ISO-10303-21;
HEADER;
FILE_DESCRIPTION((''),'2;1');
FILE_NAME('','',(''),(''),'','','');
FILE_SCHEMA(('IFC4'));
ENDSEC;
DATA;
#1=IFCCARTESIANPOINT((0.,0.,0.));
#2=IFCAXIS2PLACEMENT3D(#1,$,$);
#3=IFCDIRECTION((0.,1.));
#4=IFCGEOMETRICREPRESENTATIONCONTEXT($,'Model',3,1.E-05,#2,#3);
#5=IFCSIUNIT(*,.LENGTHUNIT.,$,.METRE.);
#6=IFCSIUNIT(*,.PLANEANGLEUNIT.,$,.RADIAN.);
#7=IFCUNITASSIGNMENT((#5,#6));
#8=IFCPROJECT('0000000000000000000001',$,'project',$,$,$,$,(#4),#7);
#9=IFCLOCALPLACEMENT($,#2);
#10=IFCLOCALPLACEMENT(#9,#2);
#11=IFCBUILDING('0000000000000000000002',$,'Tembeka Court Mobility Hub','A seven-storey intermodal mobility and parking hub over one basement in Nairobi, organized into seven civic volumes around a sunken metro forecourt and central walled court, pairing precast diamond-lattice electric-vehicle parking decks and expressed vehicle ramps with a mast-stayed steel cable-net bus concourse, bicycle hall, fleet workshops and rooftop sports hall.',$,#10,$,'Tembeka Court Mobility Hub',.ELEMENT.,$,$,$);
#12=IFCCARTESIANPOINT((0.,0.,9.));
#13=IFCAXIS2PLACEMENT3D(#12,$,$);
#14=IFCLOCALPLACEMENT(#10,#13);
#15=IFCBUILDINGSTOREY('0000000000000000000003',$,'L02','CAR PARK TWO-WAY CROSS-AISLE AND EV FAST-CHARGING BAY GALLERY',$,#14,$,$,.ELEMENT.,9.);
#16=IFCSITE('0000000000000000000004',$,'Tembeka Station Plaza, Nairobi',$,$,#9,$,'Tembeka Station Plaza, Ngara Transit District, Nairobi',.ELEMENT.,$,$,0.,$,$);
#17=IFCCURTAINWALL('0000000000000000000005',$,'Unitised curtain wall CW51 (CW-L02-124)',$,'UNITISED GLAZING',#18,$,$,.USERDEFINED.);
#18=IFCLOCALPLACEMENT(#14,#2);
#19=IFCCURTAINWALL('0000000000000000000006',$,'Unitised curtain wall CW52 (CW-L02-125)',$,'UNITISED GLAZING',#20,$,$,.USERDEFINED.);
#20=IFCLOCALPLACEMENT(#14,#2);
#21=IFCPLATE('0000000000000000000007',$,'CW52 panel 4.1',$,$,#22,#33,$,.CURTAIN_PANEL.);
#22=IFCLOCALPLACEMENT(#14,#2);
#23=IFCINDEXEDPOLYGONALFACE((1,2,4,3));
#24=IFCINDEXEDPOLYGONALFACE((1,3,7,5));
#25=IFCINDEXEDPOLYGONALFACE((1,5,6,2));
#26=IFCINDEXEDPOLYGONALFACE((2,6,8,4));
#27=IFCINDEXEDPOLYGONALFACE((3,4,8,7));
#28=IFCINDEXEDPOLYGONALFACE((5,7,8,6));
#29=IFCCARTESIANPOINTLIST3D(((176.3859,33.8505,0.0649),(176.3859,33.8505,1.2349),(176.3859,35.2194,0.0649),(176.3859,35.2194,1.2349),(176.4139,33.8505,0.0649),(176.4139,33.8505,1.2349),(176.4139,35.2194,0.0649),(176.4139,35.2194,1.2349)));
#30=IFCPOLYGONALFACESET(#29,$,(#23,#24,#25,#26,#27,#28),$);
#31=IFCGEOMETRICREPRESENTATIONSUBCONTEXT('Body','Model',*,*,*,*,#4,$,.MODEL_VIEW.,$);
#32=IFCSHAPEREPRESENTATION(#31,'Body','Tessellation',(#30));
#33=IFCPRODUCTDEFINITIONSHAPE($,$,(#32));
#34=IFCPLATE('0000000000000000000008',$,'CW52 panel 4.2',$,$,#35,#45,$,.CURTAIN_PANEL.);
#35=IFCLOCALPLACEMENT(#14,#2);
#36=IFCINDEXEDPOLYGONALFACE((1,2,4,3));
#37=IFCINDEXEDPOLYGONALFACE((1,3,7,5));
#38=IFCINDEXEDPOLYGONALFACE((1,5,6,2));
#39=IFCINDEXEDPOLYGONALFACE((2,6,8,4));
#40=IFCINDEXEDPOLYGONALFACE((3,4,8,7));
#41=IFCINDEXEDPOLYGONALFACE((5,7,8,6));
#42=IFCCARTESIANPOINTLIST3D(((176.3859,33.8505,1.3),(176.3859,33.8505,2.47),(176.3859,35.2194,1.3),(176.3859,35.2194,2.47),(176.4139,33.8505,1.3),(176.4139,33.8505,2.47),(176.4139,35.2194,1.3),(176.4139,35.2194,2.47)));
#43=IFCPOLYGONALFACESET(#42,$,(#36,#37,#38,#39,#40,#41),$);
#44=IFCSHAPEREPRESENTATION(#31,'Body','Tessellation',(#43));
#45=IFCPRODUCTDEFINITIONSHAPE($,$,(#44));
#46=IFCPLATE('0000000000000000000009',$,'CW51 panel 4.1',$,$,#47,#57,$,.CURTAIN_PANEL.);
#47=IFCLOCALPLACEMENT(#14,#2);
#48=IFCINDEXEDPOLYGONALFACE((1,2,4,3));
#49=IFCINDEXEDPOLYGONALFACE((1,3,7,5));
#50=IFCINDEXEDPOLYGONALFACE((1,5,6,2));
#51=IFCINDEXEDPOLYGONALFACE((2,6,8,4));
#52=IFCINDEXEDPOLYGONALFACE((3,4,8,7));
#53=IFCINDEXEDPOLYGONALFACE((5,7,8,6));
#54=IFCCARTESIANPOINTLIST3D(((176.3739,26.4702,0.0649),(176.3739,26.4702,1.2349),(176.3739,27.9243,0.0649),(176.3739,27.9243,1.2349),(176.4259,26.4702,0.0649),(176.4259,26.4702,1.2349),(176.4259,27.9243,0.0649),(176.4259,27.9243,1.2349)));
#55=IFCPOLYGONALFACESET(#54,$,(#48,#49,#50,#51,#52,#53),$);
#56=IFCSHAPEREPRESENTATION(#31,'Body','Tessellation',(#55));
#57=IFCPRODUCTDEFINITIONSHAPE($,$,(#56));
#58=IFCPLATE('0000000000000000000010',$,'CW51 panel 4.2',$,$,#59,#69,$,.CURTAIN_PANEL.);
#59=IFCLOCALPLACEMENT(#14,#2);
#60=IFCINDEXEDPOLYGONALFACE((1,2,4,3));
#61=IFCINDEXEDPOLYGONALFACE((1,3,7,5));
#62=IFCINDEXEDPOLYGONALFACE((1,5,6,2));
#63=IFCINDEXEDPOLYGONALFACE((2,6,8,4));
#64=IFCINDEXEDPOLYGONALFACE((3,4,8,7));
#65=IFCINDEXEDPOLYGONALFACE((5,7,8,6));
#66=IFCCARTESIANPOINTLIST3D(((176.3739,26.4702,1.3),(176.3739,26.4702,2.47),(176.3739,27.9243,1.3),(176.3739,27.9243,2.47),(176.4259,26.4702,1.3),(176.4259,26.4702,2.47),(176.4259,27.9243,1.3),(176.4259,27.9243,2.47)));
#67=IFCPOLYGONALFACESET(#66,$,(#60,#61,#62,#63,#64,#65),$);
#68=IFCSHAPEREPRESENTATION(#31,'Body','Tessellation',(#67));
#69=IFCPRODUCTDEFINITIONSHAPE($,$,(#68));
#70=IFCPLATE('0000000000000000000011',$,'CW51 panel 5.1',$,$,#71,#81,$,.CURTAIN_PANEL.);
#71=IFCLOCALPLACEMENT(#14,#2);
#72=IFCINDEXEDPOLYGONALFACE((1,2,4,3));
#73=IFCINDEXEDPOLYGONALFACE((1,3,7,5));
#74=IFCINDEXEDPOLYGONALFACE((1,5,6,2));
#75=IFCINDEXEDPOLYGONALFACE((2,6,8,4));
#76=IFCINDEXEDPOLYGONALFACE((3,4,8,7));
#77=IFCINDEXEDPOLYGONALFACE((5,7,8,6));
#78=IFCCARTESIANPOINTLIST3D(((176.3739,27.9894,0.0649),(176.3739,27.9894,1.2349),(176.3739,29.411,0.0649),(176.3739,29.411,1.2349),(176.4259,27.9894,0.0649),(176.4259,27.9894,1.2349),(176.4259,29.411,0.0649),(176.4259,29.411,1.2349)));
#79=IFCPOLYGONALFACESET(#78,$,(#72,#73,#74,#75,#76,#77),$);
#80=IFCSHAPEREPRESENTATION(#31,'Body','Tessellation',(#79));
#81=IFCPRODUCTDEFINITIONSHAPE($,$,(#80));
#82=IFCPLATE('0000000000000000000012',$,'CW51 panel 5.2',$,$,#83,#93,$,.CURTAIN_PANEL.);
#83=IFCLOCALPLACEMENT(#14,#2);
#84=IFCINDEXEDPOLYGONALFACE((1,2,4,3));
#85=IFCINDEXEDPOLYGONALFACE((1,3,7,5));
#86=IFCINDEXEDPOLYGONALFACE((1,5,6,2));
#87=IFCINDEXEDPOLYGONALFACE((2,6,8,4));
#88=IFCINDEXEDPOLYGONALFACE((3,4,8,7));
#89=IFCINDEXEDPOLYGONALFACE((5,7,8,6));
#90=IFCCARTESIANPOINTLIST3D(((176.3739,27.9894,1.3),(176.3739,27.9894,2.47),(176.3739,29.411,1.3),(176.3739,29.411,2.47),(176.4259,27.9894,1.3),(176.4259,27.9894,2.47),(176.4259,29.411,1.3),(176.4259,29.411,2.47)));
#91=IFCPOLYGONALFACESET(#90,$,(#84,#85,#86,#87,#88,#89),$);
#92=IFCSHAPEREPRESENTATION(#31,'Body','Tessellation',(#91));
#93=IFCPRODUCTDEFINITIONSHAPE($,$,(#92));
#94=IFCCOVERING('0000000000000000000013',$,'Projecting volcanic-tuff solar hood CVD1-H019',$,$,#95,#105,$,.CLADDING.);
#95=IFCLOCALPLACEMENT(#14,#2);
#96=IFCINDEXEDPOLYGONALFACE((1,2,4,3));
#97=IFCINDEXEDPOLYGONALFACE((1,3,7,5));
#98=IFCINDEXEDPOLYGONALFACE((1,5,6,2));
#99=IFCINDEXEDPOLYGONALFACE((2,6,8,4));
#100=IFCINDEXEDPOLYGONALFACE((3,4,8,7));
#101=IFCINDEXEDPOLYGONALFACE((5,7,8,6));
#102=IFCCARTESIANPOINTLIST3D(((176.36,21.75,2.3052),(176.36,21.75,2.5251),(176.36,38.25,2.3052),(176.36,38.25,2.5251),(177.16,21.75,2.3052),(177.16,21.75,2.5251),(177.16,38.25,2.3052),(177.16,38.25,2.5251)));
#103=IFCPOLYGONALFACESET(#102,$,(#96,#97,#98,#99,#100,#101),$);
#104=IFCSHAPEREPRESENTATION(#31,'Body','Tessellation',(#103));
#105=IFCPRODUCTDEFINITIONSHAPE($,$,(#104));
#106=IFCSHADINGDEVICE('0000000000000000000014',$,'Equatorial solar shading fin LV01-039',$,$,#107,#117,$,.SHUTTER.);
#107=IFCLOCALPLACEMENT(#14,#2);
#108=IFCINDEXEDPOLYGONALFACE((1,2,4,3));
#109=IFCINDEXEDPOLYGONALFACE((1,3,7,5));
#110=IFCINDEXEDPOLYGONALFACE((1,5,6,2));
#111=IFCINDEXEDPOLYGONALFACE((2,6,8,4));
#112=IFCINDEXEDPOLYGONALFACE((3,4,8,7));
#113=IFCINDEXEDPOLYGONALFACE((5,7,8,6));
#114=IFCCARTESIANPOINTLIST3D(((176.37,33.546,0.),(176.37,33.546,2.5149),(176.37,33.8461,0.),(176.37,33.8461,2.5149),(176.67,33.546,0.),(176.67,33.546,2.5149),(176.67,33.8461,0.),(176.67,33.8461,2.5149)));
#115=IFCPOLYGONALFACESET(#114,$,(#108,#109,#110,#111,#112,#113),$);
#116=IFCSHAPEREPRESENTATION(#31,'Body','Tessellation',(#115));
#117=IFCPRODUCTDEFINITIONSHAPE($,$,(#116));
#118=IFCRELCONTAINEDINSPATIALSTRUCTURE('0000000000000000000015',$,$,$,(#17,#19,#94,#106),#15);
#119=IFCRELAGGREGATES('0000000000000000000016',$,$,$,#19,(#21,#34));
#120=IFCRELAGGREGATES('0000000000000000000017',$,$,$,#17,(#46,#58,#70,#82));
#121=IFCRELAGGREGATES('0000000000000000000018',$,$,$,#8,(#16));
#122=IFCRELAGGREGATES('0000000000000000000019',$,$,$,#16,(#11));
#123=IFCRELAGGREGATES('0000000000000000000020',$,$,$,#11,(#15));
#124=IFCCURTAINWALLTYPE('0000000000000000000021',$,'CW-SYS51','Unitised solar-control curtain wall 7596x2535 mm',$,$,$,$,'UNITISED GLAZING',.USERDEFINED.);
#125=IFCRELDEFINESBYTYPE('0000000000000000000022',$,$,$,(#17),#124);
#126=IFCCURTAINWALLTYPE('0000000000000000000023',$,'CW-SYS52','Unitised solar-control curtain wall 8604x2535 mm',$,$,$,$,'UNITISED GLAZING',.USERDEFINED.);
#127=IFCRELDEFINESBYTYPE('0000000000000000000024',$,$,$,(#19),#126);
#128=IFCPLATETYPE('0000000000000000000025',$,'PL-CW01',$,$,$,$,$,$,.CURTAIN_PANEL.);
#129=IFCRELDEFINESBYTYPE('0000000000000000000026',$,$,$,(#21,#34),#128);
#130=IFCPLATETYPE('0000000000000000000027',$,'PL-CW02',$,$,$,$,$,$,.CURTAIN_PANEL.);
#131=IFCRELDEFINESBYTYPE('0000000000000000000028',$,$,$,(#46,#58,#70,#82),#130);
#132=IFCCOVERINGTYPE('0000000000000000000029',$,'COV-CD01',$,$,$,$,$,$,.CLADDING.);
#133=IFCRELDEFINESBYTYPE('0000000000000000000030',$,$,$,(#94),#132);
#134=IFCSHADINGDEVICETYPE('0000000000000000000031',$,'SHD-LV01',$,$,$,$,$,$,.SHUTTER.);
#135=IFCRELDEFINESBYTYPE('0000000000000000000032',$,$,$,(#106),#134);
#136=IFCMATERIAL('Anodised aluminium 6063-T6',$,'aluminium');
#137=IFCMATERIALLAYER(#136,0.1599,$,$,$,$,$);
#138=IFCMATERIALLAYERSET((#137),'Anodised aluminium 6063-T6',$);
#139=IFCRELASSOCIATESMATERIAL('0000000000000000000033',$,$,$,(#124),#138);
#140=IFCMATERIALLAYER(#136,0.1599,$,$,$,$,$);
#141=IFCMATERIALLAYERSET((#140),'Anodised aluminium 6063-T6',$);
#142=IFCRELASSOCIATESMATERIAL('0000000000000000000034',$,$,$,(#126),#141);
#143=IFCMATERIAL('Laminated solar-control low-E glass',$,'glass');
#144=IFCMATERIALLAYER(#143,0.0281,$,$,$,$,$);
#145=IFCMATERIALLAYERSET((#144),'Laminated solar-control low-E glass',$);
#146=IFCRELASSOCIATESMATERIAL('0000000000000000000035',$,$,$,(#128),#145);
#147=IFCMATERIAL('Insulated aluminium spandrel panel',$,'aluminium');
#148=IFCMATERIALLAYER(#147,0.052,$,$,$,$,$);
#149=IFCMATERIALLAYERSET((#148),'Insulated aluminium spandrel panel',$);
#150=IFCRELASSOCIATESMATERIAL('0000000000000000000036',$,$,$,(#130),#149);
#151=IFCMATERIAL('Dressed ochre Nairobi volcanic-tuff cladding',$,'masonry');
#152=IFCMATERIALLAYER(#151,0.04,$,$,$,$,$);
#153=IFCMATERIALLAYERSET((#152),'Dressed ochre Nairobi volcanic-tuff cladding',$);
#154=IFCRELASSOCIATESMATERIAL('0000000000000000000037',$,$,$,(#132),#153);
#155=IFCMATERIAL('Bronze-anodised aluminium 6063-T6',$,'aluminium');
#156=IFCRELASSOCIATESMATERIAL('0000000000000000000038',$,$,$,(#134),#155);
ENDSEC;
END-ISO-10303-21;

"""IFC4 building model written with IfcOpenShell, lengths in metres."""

from ifc_helpers import new_model, si_unit, direction, frame, origin, origin_2d, place, context, subcontext, project, spatial, rectangle, extrude, material, layer, layer_set, material_profile, profile_set, type_object, element, aggregate, save


model = new_model("IFC4")

# Units and contexts
model_context = context("Model", 3, precision=1e-05, world=origin(), true_north=direction((0.0, 1.0)))
body_context = subcontext(model_context, "Body", "Model", "MODEL_VIEW")
ifc_project = project(units=[si_unit("LENGTHUNIT", "METRE"), si_unit("PLANEANGLEUNIT", "RADIAN")], contexts=[model_context])

# Site, building, storey
site_placement = place(None, origin())
site = spatial("IfcSite", under=ifc_project, at=site_placement, Name="Tembeka Station Plaza, Nairobi", LongName="Tembeka Station Plaza, Ngara Transit District, Nairobi", CompositionType="ELEMENT", RefElevation=0.0)
building_placement = place(site_placement, origin())
building = spatial("IfcBuilding", under=site, at=building_placement, Name="Tembeka Court Mobility Hub", Description="A seven-storey intermodal mobility and parking hub over one basement in Nairobi, organized into seven civic volumes around a sunken metro forecourt and central walled court, pairing precast diamond-lattice electric-vehicle parking decks and expressed vehicle ramps with a mast-stayed steel cable-net bus concourse, bicycle hall, fleet workshops and rooftop sports hall.", LongName="Tembeka Court Mobility Hub", CompositionType="ELEMENT")
storey_placement = place(building_placement, frame((0.0, 0.0, 9.0)))
storey = spatial("IfcBuildingStorey", under=building, at=storey_placement, Name="L02", Description="CAR PARK TWO-WAY CROSS-AISLE AND EV FAST-CHARGING BAY GALLERY", CompositionType="ELEMENT", Elevation=9.0)

# Curtain walls
ifc_material_1 = material(Name="Anodised aluminium 6063-T6", Category="aluminium")
ifc_layer_1 = layer(ifc_material_1, 0.1599)
ifc_layer_set_1 = layer_set([ifc_layer_1], Name="Anodised aluminium 6063-T6")
curtain_wall_type_1 = type_object("IfcCurtainWallType", Name="CW-SYS51", Description="Unitised solar-control curtain wall 7596x2535 mm", ElementType="UNITISED GLAZING", PredefinedType="USERDEFINED", material=ifc_layer_set_1)
curtain_wall_1_placement = place(storey_placement, origin())
curtain_wall_1 = element("IfcCurtainWall", 1, at=curtain_wall_1_placement, inside=storey, type_object=curtain_wall_type_1, Name="Unitised curtain wall CW51 (CW-L02-124)", ObjectType="UNITISED GLAZING", PredefinedType="USERDEFINED")
ifc_layer_2 = layer(ifc_material_1, 0.1599)
ifc_layer_set_2 = layer_set([ifc_layer_2], Name="Anodised aluminium 6063-T6")
curtain_wall_type_2 = type_object("IfcCurtainWallType", Name="CW-SYS52", Description="Unitised solar-control curtain wall 8604x2535 mm", ElementType="UNITISED GLAZING", PredefinedType="USERDEFINED", material=ifc_layer_set_2)
curtain_wall_2_placement = place(storey_placement, origin())
curtain_wall_2 = element("IfcCurtainWall", 2, at=curtain_wall_2_placement, inside=storey, type_object=curtain_wall_type_2, Name="Unitised curtain wall CW52 (CW-L02-125)", ObjectType="UNITISED GLAZING", PredefinedType="USERDEFINED")

# Plates
ifc_material_2 = material(Name="Laminated solar-control low-E glass", Category="glass")
ifc_layer_3 = layer(ifc_material_2, 0.0281)
ifc_layer_set_3 = layer_set([ifc_layer_3], Name="Laminated solar-control low-E glass")
plate_type_1 = type_object("IfcPlateType", Name="PL-CW01", PredefinedType="CURTAIN_PANEL", material=ifc_layer_set_3)
plate_1_placement = place(storey_placement, frame((176.3999, 34.5349, 0.0649), z_axis=(0.0, 0.0, 1.0), x_axis=(0.0, 1.0, 0.0)))
plate_1 = element("IfcPlate", 3, at=plate_1_placement, type_object=plate_type_1, Name="CW52 panel 4.1", PredefinedType="CURTAIN_PANEL", context=body_context, shape_type="SweptSolid", body=[
    extrude(rectangle(XDim=1.3689, YDim=0.0281, at=origin_2d()), origin(), (0.0, 0.0, 1.0), 1.1699),
])
plate_2_placement = place(storey_placement, frame((176.3999, 34.5349, 1.3), z_axis=(0.0, 0.0, 1.0), x_axis=(0.0, 1.0, 0.0)))
plate_2 = element("IfcPlate", 4, at=plate_2_placement, type_object=plate_type_1, Name="CW52 panel 4.2", PredefinedType="CURTAIN_PANEL", context=body_context, shape_type="SweptSolid", body=[
    extrude(rectangle(XDim=1.3689, YDim=0.0281, at=origin_2d()), origin(), (0.0, 0.0, 1.0), 1.1699),
])
aggregate(curtain_wall_2, [plate_1, plate_2])
ifc_material_3 = material(Name="Insulated aluminium spandrel panel", Category="aluminium")
ifc_layer_4 = layer(ifc_material_3, 0.052)
ifc_layer_set_4 = layer_set([ifc_layer_4], Name="Insulated aluminium spandrel panel")
plate_type_2 = type_object("IfcPlateType", Name="PL-CW02", PredefinedType="CURTAIN_PANEL", material=ifc_layer_set_4)
plate_3_placement = place(storey_placement, frame((176.3999, 27.1973, 0.0649), z_axis=(0.0, 0.0, 1.0), x_axis=(0.0, 1.0, 0.0)))
plate_3 = element("IfcPlate", 5, at=plate_3_placement, type_object=plate_type_2, Name="CW51 panel 4.1", PredefinedType="CURTAIN_PANEL", context=body_context, shape_type="SweptSolid", body=[
    extrude(rectangle(XDim=1.4541, YDim=0.052, at=origin_2d()), origin(), (0.0, 0.0, 1.0), 1.1699),
])
plate_4_placement = place(storey_placement, frame((176.3999, 27.1973, 1.3), z_axis=(0.0, 0.0, 1.0), x_axis=(0.0, 1.0, 0.0)))
plate_4 = element("IfcPlate", 6, at=plate_4_placement, type_object=plate_type_2, Name="CW51 panel 4.2", PredefinedType="CURTAIN_PANEL", context=body_context, shape_type="SweptSolid", body=[
    extrude(rectangle(XDim=1.4541, YDim=0.052, at=origin_2d()), origin(), (0.0, 0.0, 1.0), 1.1699),
])
plate_5_placement = place(storey_placement, frame((176.3999, 28.7002, 0.0649), z_axis=(0.0, 0.0, 1.0), x_axis=(0.0, 1.0, 0.0)))
plate_5 = element("IfcPlate", 7, at=plate_5_placement, type_object=plate_type_2, Name="CW51 panel 5.1", PredefinedType="CURTAIN_PANEL", context=body_context, shape_type="SweptSolid", body=[
    extrude(rectangle(XDim=1.4216, YDim=0.052, at=origin_2d()), origin(), (0.0, 0.0, 1.0), 1.1699),
])
plate_6_placement = place(storey_placement, frame((176.3999, 28.7002, 1.3), z_axis=(0.0, 0.0, 1.0), x_axis=(0.0, 1.0, 0.0)))
plate_6 = element("IfcPlate", 8, at=plate_6_placement, type_object=plate_type_2, Name="CW51 panel 5.2", PredefinedType="CURTAIN_PANEL", context=body_context, shape_type="SweptSolid", body=[
    extrude(rectangle(XDim=1.4216, YDim=0.052, at=origin_2d()), origin(), (0.0, 0.0, 1.0), 1.1699),
])
aggregate(curtain_wall_1, [plate_3, plate_4, plate_5, plate_6])

# Covering
ifc_material_4 = material(Name="Dressed ochre Nairobi volcanic-tuff cladding", Category="masonry")
ifc_layer_5 = layer(ifc_material_4, 0.04)
ifc_layer_set_5 = layer_set([ifc_layer_5], Name="Dressed ochre Nairobi volcanic-tuff cladding")
covering_type = type_object("IfcCoveringType", Name="COV-CD01", PredefinedType="CLADDING", material=ifc_layer_set_5)
covering_placement = place(storey_placement, frame((176.76, 30.0, 2.3052), z_axis=(0.0, 0.0, 1.0), x_axis=(0.0, 1.0, 0.0)))
element("IfcCovering", 9, at=covering_placement, inside=storey, type_object=covering_type, Name="Projecting volcanic-tuff solar hood CVD1-H019", PredefinedType="CLADDING", context=body_context, shape_type="SweptSolid", body=[
    extrude(rectangle(XDim=16.5, YDim=0.8, at=origin_2d()), origin(), (0.0, 0.0, 1.0), 0.22),
])

# Shading device
ifc_material_5 = material(Name="Bronze-anodised aluminium 6063-T6", Category="aluminium")
ifc_material_profile_1 = material_profile(ifc_material_5, rectangle(XDim=0.3, YDim=0.3, at=origin_2d()), Name="ALU-LVR 300x300")
ifc_profile_set_1 = profile_set([ifc_material_profile_1], Name="Bronze-anodised aluminium 6063-T6")
shading_device_type = type_object("IfcShadingDeviceType", Name="SHD-LV01", PredefinedType="SHUTTER", material=ifc_profile_set_1)
shading_device_placement = place(storey_placement, frame((176.52, 33.696, 0.0), z_axis=(0.0, 0.0, 1.0), x_axis=(1.0, 0.0, 0.0)))
element("IfcShadingDevice", 10, at=shading_device_placement, inside=storey, type_object=shading_device_type, Name="Equatorial solar shading fin LV01-039", PredefinedType="SHUTTER", context=body_context, shape_type="SweptSolid", body=[
    extrude(rectangle(XDim=0.3, YDim=0.3, at=origin_2d()), origin(), (0.0, 0.0, 1.0), 2.5149),
])

save(model, "model.ifc")
